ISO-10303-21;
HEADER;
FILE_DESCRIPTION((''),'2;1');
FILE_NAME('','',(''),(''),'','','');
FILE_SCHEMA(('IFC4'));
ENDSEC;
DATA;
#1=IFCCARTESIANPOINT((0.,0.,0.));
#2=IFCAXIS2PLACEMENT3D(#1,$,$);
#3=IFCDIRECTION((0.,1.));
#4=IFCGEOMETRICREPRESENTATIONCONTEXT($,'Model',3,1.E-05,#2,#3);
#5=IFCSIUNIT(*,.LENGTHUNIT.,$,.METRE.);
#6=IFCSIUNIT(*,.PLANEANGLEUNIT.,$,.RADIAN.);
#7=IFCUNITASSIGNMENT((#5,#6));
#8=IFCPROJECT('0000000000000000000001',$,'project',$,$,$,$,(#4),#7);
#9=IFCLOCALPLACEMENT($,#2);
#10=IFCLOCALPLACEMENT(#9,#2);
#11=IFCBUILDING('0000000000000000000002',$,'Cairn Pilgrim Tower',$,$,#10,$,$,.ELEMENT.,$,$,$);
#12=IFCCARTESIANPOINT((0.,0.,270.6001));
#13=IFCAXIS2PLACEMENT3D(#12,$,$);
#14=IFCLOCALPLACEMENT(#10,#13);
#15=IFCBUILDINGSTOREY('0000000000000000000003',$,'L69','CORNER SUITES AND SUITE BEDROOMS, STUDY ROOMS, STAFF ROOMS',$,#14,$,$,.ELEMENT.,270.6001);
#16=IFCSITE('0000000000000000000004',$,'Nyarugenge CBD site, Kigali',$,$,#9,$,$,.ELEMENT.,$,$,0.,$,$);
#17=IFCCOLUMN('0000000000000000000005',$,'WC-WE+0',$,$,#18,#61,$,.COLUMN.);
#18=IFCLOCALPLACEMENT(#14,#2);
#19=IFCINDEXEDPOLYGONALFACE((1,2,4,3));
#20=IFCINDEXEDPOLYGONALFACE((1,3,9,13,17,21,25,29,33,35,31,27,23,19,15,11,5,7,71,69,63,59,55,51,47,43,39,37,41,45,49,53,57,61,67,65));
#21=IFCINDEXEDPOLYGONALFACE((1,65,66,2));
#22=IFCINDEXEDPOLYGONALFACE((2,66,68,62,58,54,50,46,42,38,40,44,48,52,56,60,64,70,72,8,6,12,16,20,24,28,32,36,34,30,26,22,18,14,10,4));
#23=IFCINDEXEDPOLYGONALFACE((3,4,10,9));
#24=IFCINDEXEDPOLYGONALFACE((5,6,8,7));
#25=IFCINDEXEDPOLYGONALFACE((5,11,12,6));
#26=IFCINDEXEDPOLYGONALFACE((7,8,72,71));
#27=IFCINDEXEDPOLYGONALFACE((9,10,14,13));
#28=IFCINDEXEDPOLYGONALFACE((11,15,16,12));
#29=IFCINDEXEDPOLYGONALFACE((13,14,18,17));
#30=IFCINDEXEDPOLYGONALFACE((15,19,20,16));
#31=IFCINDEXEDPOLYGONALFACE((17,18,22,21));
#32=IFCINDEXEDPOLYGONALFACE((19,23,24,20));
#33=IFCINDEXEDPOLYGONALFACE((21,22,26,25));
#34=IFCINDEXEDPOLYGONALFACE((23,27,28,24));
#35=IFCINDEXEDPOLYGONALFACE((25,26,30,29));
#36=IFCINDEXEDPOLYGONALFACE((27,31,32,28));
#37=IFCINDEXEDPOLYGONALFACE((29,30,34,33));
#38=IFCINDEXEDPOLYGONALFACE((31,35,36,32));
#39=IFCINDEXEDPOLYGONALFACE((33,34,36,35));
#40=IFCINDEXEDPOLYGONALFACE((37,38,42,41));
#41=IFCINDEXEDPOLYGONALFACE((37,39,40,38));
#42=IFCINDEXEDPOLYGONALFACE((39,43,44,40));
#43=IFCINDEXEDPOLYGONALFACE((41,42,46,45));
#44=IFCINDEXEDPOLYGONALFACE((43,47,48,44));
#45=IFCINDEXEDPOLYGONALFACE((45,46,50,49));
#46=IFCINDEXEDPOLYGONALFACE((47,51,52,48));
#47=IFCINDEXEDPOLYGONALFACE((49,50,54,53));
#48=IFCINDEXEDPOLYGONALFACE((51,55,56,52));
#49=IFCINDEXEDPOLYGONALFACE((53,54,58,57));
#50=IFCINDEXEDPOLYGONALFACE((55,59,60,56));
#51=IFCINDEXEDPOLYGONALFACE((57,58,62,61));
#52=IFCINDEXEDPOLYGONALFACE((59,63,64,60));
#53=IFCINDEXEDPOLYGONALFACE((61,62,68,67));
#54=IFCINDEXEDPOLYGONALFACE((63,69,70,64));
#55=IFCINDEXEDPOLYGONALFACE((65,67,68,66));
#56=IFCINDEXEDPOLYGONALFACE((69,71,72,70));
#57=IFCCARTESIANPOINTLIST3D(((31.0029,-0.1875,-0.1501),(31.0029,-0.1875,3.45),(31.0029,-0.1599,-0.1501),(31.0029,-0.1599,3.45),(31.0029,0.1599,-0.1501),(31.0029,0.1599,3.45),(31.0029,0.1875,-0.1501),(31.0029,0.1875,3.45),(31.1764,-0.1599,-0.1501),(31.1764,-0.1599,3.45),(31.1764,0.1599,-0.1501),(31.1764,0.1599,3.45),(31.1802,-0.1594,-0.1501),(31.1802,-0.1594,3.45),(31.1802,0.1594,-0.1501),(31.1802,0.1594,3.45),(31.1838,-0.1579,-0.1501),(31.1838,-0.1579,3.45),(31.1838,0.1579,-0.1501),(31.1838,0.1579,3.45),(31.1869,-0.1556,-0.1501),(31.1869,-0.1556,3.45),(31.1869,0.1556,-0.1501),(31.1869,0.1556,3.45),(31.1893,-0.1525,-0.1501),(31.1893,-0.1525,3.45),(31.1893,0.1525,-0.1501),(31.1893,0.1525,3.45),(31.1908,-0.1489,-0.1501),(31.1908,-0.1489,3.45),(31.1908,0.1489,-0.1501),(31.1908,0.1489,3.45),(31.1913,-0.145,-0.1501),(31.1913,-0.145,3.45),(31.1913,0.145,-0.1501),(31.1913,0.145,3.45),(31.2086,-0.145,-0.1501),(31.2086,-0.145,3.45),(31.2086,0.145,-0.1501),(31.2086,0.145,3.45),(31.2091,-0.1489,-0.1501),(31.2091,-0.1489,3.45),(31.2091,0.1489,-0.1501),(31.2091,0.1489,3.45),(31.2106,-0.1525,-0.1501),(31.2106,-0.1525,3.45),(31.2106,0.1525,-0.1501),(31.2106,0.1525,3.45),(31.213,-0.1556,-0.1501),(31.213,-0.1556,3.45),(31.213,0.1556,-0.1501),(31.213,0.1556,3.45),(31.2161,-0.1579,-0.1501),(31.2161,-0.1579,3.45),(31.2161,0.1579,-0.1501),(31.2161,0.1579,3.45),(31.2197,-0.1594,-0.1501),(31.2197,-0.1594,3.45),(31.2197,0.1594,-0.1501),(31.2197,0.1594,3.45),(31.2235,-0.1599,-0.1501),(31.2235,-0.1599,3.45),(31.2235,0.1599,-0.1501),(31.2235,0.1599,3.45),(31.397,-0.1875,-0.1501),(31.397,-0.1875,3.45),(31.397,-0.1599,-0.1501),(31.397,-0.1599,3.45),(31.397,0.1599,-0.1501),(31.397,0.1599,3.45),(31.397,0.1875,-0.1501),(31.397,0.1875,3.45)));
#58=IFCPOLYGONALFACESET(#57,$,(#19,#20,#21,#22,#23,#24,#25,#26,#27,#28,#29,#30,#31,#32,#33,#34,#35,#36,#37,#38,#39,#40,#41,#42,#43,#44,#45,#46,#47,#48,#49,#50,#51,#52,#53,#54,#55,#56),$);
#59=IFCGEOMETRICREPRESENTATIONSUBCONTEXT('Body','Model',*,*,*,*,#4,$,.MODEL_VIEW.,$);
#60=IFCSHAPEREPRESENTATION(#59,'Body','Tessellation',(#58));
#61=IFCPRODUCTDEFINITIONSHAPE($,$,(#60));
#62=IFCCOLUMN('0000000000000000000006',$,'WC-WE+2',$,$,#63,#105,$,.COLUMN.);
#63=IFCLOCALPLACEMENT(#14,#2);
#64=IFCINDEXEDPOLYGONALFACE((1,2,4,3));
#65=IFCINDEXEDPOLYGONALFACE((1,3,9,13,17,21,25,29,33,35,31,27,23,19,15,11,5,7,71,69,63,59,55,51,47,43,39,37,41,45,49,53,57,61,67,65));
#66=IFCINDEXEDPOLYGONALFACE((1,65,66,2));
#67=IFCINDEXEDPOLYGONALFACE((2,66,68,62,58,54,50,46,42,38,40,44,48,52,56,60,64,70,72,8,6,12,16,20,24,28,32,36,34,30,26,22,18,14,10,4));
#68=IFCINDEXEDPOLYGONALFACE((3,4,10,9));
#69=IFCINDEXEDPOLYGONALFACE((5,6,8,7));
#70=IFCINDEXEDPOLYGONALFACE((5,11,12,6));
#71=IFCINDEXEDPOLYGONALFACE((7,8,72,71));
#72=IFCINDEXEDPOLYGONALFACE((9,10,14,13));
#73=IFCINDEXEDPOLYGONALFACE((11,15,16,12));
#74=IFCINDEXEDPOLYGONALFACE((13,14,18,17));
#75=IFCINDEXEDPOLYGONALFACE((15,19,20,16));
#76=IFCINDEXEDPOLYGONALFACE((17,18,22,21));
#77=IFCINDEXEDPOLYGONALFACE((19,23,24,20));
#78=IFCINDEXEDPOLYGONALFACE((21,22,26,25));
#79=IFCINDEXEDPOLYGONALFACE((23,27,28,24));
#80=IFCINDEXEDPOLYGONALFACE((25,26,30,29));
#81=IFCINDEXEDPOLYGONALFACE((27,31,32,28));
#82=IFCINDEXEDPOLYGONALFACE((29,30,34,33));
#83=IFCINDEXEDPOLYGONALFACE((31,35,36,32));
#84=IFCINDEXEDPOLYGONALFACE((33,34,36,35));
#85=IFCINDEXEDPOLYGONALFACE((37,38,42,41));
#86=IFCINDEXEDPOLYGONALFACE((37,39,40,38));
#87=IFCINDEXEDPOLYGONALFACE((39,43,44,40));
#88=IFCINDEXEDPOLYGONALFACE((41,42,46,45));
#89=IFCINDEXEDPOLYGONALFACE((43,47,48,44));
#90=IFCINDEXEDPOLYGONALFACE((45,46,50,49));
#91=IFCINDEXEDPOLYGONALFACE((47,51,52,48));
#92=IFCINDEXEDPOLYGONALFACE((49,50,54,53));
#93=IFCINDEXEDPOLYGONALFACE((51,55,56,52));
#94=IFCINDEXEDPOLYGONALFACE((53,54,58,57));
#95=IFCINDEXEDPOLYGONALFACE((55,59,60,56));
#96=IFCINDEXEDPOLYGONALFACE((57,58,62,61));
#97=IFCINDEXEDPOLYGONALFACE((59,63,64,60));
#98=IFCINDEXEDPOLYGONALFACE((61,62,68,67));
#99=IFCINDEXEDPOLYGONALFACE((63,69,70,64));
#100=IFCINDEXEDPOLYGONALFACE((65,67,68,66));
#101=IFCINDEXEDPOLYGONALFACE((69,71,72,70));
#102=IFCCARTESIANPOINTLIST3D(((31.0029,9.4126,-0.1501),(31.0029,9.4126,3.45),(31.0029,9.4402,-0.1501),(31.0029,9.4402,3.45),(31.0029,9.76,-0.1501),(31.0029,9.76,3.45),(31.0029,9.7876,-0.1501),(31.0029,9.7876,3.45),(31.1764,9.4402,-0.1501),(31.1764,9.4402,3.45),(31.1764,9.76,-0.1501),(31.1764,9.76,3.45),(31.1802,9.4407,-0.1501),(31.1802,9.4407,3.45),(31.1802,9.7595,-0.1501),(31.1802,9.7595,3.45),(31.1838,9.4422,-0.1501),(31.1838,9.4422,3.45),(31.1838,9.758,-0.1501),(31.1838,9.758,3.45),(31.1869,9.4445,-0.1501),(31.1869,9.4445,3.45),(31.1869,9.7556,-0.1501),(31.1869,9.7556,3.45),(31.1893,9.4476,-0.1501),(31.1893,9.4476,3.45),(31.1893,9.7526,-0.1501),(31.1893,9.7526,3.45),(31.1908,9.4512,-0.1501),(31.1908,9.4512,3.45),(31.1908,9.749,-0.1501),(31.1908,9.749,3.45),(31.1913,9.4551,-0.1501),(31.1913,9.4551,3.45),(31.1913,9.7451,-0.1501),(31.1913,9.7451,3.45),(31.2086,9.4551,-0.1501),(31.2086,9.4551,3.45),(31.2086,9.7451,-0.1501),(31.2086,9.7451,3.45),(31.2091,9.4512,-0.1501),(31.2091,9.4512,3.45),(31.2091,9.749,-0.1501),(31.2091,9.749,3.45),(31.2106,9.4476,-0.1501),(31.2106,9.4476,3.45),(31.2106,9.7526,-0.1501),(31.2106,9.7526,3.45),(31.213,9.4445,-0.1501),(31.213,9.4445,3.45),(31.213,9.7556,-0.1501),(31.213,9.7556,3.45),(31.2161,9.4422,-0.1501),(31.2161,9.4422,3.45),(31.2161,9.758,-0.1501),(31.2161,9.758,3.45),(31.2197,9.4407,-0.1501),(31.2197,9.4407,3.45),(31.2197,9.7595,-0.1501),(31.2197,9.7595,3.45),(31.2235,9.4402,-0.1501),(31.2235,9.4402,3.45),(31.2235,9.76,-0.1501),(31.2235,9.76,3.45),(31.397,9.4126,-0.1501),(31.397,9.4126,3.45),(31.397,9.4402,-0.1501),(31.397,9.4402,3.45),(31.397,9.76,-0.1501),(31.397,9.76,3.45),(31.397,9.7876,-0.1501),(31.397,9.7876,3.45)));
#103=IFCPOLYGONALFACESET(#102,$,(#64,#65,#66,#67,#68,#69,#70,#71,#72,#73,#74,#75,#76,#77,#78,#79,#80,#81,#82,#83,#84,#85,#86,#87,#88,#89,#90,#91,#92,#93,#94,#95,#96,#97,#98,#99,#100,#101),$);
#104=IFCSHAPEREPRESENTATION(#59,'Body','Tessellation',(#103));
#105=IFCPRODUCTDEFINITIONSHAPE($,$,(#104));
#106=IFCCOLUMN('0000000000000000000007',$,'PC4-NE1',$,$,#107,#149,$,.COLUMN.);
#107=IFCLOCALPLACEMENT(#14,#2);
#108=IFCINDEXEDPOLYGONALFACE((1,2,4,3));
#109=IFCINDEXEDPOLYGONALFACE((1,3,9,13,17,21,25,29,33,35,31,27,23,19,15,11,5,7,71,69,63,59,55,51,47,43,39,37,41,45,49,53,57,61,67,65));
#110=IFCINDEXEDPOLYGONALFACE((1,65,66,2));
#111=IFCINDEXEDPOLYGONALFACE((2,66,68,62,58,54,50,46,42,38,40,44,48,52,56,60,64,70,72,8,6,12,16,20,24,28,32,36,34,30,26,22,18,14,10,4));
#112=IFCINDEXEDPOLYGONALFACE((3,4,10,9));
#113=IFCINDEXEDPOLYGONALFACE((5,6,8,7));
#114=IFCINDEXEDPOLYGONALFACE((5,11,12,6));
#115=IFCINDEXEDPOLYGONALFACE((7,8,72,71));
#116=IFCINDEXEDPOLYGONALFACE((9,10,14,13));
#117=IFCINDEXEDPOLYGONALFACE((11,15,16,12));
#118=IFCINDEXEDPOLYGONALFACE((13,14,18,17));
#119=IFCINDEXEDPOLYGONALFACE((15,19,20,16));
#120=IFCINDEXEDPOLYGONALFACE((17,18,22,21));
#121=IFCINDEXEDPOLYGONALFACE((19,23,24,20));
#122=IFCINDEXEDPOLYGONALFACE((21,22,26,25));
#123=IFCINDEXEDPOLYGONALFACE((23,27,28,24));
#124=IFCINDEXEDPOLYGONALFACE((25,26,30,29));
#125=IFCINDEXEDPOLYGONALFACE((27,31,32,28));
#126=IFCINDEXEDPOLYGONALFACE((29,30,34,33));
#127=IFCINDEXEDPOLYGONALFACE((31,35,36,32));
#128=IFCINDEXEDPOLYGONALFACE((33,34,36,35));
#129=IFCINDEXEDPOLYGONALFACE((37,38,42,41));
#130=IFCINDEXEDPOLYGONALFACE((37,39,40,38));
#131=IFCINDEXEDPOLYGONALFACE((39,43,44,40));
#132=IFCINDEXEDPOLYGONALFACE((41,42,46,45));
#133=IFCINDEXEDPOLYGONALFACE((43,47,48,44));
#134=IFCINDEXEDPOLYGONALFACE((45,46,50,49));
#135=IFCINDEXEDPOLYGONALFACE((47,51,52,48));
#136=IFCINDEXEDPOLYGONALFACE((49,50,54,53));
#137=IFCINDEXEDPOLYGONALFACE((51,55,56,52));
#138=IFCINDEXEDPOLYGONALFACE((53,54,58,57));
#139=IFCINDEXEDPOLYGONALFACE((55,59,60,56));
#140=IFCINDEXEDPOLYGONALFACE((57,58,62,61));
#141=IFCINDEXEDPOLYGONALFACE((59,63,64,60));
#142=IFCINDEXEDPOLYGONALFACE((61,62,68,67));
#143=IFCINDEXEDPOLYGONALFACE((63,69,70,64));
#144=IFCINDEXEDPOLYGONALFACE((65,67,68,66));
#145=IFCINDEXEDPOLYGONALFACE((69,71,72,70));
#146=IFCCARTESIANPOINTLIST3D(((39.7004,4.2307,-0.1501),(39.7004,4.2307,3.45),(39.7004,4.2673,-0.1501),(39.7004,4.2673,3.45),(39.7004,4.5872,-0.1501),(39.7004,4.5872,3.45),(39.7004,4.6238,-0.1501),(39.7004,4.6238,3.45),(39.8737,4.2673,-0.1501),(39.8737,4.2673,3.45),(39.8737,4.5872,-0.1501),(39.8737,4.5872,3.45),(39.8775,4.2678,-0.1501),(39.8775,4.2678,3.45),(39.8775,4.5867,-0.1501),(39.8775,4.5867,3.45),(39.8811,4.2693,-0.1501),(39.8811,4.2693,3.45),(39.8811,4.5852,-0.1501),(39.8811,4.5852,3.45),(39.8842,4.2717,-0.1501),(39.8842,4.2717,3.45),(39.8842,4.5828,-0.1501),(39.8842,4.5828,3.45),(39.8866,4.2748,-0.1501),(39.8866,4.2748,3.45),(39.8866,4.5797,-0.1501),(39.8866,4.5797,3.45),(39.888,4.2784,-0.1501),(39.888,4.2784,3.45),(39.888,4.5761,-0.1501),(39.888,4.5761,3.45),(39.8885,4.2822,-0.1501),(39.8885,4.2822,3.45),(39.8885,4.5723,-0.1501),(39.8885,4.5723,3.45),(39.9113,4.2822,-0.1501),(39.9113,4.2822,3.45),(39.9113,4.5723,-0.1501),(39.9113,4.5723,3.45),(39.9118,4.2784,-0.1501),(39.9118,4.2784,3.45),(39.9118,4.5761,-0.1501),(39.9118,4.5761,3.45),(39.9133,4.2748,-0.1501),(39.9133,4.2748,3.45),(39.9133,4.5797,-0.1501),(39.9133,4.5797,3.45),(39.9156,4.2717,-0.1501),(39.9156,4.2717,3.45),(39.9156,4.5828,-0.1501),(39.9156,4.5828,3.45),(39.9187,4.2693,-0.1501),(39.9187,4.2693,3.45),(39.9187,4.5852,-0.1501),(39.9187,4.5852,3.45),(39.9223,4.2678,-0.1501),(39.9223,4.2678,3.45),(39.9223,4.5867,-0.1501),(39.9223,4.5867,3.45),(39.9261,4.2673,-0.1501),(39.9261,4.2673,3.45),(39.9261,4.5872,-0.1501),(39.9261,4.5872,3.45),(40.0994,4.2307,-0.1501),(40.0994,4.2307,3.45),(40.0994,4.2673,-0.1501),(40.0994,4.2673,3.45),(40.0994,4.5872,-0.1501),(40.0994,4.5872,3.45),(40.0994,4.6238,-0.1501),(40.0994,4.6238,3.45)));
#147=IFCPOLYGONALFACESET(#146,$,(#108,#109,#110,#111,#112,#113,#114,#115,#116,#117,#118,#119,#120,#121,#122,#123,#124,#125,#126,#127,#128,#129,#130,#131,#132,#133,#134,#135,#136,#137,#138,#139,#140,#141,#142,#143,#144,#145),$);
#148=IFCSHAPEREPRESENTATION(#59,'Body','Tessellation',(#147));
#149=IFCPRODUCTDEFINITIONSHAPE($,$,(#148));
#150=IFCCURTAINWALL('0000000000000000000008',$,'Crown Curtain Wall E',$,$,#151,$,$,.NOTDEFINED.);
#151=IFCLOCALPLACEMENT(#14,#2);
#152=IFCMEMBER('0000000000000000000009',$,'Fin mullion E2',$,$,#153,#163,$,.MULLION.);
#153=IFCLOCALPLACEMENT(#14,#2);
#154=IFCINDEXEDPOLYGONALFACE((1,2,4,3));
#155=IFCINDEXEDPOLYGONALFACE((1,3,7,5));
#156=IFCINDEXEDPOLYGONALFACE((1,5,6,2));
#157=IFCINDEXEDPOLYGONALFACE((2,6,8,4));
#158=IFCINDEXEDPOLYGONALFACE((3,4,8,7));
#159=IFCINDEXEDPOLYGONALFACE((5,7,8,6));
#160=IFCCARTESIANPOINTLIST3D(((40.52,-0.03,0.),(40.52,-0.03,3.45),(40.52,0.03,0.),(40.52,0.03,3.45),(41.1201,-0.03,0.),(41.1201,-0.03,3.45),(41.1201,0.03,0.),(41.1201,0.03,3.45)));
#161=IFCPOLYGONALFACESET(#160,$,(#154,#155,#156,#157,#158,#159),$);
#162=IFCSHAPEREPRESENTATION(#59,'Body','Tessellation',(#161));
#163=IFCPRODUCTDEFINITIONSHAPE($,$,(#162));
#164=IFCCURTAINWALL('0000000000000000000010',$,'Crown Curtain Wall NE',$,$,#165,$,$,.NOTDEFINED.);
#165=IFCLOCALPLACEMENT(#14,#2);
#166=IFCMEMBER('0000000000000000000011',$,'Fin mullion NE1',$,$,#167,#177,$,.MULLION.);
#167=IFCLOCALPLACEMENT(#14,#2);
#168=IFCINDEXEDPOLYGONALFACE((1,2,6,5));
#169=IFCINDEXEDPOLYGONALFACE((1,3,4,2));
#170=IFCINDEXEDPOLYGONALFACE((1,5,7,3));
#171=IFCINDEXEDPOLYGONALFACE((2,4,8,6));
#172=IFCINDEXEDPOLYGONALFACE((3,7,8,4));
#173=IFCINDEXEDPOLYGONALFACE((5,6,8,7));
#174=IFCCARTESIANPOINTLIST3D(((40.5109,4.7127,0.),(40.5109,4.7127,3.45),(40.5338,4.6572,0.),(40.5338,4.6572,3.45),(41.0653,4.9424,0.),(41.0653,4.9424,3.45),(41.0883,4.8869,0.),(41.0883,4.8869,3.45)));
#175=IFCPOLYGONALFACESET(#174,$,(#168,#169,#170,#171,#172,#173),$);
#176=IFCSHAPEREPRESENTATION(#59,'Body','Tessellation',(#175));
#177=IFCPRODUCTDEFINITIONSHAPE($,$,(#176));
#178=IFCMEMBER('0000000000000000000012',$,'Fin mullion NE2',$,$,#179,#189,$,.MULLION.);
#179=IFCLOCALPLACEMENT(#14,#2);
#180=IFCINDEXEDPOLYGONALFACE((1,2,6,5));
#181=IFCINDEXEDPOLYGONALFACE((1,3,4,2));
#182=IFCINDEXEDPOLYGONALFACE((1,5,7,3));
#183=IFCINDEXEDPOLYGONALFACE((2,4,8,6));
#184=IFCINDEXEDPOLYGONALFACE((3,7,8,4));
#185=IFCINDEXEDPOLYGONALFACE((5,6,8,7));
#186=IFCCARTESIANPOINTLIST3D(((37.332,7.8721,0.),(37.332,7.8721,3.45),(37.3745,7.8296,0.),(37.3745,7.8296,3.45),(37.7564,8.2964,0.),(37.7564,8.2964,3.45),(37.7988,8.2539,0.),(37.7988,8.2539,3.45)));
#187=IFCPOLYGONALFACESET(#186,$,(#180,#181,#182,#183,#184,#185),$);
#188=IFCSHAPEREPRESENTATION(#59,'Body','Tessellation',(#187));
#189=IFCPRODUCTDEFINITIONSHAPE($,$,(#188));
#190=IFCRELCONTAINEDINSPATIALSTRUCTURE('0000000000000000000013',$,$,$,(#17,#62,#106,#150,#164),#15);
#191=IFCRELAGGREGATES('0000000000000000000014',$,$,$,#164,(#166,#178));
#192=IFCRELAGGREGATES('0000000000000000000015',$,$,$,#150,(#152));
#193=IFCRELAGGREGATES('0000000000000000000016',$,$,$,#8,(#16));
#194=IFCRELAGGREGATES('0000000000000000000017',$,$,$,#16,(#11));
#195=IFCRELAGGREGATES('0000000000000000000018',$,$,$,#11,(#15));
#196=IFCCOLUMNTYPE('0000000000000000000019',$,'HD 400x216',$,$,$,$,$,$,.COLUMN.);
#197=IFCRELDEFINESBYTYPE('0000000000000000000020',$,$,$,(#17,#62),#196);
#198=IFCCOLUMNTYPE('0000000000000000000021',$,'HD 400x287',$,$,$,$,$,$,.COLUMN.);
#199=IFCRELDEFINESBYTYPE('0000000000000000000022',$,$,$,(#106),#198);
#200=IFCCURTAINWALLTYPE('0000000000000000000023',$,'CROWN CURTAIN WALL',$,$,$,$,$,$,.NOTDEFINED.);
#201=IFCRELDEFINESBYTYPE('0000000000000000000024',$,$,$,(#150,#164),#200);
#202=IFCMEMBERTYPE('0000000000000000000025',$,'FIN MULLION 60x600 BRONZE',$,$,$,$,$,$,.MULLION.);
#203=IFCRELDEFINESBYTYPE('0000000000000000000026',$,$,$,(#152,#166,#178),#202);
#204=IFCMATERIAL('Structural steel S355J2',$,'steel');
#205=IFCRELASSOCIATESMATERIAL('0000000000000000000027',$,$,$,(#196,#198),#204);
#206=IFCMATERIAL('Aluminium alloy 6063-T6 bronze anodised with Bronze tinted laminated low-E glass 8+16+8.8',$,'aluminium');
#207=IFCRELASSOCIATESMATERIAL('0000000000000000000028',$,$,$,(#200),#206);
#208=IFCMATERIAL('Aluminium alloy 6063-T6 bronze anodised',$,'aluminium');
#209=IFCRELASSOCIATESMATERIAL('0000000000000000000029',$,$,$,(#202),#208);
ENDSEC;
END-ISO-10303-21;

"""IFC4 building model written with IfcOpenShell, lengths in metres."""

from ifc_helpers import new_model, si_unit, direction, frame, origin, origin_2d, place, context, subcontext, project, spatial, rectangle, i_section, extrude, material, material_profile, profile_set, type_object, element, aggregate, save


model = new_model("IFC4")

# Units and contexts
model_context = context("Model", 3, precision=1e-05, world=origin(), true_north=direction((0.0, 1.0)))
body_context = subcontext(model_context, "Body", "Model", "MODEL_VIEW")
ifc_project = project(units=[si_unit("LENGTHUNIT", "METRE"), si_unit("PLANEANGLEUNIT", "RADIAN")], contexts=[model_context])

# Site, building, storey
site_placement = place(None, origin())
site = spatial("IfcSite", under=ifc_project, at=site_placement, Name="Nyarugenge CBD site, Kigali", CompositionType="ELEMENT", RefElevation=0.0)
building_placement = place(site_placement, origin())
building = spatial("IfcBuilding", under=site, at=building_placement, Name="Cairn Pilgrim Tower", CompositionType="ELEMENT")
storey_placement = place(building_placement, frame((0.0, 0.0, 270.6001)))
storey = spatial("IfcBuildingStorey", under=building, at=storey_placement, Name="L69", Description="CORNER SUITES AND SUITE BEDROOMS, STUDY ROOMS, STAFF ROOMS", CompositionType="ELEMENT", Elevation=270.6001)

# Columns
ifc_material_1 = material(Name="Structural steel S355J2", Category="steel")
ifc_material_profile_1 = material_profile(ifc_material_1, i_section(OverallWidth=0.394, OverallDepth=0.375, WebThickness=0.0173, FlangeThickness=0.0276, FilletRadius=0.0149, at=origin_2d()), Name="HD 400x216")
ifc_profile_set_1 = profile_set([ifc_material_profile_1], Name="Structural steel S355J2")
column_type_1 = type_object("IfcColumnType", Name="HD 400x216", PredefinedType="COLUMN", material=ifc_profile_set_1)
for number, where, z_axis, x_axis, name in (
    (1, (31.2, 0.0, -0.1501), (0.0, 0.0, 1.0), (1.0, 0.0, 0.0), "WC-WE+0"),
    (2, (31.2, 9.6001, -0.1501), (0.0, 0.0, 1.0), (1.0, 0.0, 0.0), "WC-WE+2"),
):
    element("IfcColumn", number, at=place(storey_placement, frame(where, z_axis=z_axis, x_axis=x_axis)), inside=storey, type_object=column_type_1, Name=name, PredefinedType="COLUMN", context=body_context, shape_type="SweptSolid", body=[
        extrude(i_section(OverallWidth=0.394, OverallDepth=0.375, WebThickness=0.0173, FlangeThickness=0.0276, FilletRadius=0.0149, at=origin_2d()), origin(), (0.0, 0.0, 1.0), 3.6001),
    ])
ifc_material_profile_2 = material_profile(ifc_material_1, i_section(OverallWidth=0.3989, OverallDepth=0.3931, WebThickness=0.0227, FlangeThickness=0.0366, FilletRadius=0.0149, at=origin_2d()), Name="HD 400x287")
ifc_profile_set_2 = profile_set([ifc_material_profile_2], Name="Structural steel S355J2")
column_type_2 = type_object("IfcColumnType", Name="HD 400x287", PredefinedType="COLUMN", material=ifc_profile_set_2)
column_placement = place(storey_placement, frame((39.8999, 4.4272, -0.1501), z_axis=(0.0, 0.0, 1.0), x_axis=(1.0, 0.0, 0.0)))
element("IfcColumn", 3, at=column_placement, inside=storey, type_object=column_type_2, Name="PC4-NE1", PredefinedType="COLUMN", context=body_context, shape_type="SweptSolid", body=[
    extrude(i_section(OverallWidth=0.3989, OverallDepth=0.3931, WebThickness=0.0227, FlangeThickness=0.0366, FilletRadius=0.0149, at=origin_2d()), origin(), (0.0, 0.0, 1.0), 3.6001),
])

# Curtain wall, member
ifc_material_2 = material(Name="Aluminium alloy 6063-T6 bronze anodised with Bronze tinted laminated low-E glass 8+16+8.8", Category="aluminium")
curtain_wall_type = type_object("IfcCurtainWallType", Name="CROWN CURTAIN WALL", PredefinedType="NOTDEFINED", material=ifc_material_2)
curtain_wall_1_placement = place(storey_placement, origin())
curtain_wall_1 = element("IfcCurtainWall", 4, at=curtain_wall_1_placement, inside=storey, type_object=curtain_wall_type, Name="Crown Curtain Wall E", PredefinedType="NOTDEFINED")
ifc_material_3 = material(Name="Aluminium alloy 6063-T6 bronze anodised", Category="aluminium")
ifc_material_profile_3 = material_profile(ifc_material_3, rectangle(XDim=0.6001, YDim=0.0601, at=origin_2d()), Name="FIN MULLION 60x600 BRONZE")
ifc_profile_set_3 = profile_set([ifc_material_profile_3], Name="Aluminium alloy 6063-T6 bronze anodised")
member_type_1 = type_object("IfcMemberType", Name="FIN MULLION 60x600 BRONZE", PredefinedType="MULLION", material=ifc_profile_set_3)
member_1_placement = place(storey_placement, frame((40.8201, 0.0, 0.0), z_axis=(0.0, 0.0, 1.0), x_axis=(1.0, 0.0, 0.0)))
member_1 = element("IfcMember", 5, at=member_1_placement, type_object=member_type_1, Name="Fin mullion E2", PredefinedType="MULLION", context=body_context, shape_type="SweptSolid", body=[
    extrude(rectangle(XDim=0.6001, YDim=0.0601, at=origin_2d()), origin(), (0.0, 0.0, 1.0), 3.45),
])

# Curtain wall, members
curtain_wall_2_placement = place(storey_placement, origin())
curtain_wall_2 = element("IfcCurtainWall", 6, at=curtain_wall_2_placement, inside=storey, type_object=curtain_wall_type, Name="Crown Curtain Wall NE", PredefinedType="NOTDEFINED")
member_2_placement = place(storey_placement, frame((40.7996, 4.7998, 0.0), z_axis=(0.0, 0.0, 1.0), x_axis=(0.92388, 0.382683, 0.0)))
member_2 = element("IfcMember", 7, at=member_2_placement, type_object=member_type_1, Name="Fin mullion NE1", PredefinedType="MULLION", context=body_context, shape_type="SweptSolid", body=[
    extrude(rectangle(XDim=0.6001, YDim=0.0601, at=origin_2d()), origin(), (0.0, 0.0, 1.0), 3.45),
])
member_3_placement = place(storey_placement, frame((37.5654, 8.063, 0.0), z_axis=(0.0, 0.0, 1.0), x_axis=(0.707107, 0.707107, 0.0)))
member_3 = element("IfcMember", 8, at=member_3_placement, type_object=member_type_1, Name="Fin mullion NE2", PredefinedType="MULLION", context=body_context, shape_type="SweptSolid", body=[
    extrude(rectangle(XDim=0.6001, YDim=0.0601, at=origin_2d()), origin(), (0.0, 0.0, 1.0), 3.45),
])

aggregate(curtain_wall_2, [member_2, member_3])
aggregate(curtain_wall_1, [member_1])

save(model, "model.ifc")
